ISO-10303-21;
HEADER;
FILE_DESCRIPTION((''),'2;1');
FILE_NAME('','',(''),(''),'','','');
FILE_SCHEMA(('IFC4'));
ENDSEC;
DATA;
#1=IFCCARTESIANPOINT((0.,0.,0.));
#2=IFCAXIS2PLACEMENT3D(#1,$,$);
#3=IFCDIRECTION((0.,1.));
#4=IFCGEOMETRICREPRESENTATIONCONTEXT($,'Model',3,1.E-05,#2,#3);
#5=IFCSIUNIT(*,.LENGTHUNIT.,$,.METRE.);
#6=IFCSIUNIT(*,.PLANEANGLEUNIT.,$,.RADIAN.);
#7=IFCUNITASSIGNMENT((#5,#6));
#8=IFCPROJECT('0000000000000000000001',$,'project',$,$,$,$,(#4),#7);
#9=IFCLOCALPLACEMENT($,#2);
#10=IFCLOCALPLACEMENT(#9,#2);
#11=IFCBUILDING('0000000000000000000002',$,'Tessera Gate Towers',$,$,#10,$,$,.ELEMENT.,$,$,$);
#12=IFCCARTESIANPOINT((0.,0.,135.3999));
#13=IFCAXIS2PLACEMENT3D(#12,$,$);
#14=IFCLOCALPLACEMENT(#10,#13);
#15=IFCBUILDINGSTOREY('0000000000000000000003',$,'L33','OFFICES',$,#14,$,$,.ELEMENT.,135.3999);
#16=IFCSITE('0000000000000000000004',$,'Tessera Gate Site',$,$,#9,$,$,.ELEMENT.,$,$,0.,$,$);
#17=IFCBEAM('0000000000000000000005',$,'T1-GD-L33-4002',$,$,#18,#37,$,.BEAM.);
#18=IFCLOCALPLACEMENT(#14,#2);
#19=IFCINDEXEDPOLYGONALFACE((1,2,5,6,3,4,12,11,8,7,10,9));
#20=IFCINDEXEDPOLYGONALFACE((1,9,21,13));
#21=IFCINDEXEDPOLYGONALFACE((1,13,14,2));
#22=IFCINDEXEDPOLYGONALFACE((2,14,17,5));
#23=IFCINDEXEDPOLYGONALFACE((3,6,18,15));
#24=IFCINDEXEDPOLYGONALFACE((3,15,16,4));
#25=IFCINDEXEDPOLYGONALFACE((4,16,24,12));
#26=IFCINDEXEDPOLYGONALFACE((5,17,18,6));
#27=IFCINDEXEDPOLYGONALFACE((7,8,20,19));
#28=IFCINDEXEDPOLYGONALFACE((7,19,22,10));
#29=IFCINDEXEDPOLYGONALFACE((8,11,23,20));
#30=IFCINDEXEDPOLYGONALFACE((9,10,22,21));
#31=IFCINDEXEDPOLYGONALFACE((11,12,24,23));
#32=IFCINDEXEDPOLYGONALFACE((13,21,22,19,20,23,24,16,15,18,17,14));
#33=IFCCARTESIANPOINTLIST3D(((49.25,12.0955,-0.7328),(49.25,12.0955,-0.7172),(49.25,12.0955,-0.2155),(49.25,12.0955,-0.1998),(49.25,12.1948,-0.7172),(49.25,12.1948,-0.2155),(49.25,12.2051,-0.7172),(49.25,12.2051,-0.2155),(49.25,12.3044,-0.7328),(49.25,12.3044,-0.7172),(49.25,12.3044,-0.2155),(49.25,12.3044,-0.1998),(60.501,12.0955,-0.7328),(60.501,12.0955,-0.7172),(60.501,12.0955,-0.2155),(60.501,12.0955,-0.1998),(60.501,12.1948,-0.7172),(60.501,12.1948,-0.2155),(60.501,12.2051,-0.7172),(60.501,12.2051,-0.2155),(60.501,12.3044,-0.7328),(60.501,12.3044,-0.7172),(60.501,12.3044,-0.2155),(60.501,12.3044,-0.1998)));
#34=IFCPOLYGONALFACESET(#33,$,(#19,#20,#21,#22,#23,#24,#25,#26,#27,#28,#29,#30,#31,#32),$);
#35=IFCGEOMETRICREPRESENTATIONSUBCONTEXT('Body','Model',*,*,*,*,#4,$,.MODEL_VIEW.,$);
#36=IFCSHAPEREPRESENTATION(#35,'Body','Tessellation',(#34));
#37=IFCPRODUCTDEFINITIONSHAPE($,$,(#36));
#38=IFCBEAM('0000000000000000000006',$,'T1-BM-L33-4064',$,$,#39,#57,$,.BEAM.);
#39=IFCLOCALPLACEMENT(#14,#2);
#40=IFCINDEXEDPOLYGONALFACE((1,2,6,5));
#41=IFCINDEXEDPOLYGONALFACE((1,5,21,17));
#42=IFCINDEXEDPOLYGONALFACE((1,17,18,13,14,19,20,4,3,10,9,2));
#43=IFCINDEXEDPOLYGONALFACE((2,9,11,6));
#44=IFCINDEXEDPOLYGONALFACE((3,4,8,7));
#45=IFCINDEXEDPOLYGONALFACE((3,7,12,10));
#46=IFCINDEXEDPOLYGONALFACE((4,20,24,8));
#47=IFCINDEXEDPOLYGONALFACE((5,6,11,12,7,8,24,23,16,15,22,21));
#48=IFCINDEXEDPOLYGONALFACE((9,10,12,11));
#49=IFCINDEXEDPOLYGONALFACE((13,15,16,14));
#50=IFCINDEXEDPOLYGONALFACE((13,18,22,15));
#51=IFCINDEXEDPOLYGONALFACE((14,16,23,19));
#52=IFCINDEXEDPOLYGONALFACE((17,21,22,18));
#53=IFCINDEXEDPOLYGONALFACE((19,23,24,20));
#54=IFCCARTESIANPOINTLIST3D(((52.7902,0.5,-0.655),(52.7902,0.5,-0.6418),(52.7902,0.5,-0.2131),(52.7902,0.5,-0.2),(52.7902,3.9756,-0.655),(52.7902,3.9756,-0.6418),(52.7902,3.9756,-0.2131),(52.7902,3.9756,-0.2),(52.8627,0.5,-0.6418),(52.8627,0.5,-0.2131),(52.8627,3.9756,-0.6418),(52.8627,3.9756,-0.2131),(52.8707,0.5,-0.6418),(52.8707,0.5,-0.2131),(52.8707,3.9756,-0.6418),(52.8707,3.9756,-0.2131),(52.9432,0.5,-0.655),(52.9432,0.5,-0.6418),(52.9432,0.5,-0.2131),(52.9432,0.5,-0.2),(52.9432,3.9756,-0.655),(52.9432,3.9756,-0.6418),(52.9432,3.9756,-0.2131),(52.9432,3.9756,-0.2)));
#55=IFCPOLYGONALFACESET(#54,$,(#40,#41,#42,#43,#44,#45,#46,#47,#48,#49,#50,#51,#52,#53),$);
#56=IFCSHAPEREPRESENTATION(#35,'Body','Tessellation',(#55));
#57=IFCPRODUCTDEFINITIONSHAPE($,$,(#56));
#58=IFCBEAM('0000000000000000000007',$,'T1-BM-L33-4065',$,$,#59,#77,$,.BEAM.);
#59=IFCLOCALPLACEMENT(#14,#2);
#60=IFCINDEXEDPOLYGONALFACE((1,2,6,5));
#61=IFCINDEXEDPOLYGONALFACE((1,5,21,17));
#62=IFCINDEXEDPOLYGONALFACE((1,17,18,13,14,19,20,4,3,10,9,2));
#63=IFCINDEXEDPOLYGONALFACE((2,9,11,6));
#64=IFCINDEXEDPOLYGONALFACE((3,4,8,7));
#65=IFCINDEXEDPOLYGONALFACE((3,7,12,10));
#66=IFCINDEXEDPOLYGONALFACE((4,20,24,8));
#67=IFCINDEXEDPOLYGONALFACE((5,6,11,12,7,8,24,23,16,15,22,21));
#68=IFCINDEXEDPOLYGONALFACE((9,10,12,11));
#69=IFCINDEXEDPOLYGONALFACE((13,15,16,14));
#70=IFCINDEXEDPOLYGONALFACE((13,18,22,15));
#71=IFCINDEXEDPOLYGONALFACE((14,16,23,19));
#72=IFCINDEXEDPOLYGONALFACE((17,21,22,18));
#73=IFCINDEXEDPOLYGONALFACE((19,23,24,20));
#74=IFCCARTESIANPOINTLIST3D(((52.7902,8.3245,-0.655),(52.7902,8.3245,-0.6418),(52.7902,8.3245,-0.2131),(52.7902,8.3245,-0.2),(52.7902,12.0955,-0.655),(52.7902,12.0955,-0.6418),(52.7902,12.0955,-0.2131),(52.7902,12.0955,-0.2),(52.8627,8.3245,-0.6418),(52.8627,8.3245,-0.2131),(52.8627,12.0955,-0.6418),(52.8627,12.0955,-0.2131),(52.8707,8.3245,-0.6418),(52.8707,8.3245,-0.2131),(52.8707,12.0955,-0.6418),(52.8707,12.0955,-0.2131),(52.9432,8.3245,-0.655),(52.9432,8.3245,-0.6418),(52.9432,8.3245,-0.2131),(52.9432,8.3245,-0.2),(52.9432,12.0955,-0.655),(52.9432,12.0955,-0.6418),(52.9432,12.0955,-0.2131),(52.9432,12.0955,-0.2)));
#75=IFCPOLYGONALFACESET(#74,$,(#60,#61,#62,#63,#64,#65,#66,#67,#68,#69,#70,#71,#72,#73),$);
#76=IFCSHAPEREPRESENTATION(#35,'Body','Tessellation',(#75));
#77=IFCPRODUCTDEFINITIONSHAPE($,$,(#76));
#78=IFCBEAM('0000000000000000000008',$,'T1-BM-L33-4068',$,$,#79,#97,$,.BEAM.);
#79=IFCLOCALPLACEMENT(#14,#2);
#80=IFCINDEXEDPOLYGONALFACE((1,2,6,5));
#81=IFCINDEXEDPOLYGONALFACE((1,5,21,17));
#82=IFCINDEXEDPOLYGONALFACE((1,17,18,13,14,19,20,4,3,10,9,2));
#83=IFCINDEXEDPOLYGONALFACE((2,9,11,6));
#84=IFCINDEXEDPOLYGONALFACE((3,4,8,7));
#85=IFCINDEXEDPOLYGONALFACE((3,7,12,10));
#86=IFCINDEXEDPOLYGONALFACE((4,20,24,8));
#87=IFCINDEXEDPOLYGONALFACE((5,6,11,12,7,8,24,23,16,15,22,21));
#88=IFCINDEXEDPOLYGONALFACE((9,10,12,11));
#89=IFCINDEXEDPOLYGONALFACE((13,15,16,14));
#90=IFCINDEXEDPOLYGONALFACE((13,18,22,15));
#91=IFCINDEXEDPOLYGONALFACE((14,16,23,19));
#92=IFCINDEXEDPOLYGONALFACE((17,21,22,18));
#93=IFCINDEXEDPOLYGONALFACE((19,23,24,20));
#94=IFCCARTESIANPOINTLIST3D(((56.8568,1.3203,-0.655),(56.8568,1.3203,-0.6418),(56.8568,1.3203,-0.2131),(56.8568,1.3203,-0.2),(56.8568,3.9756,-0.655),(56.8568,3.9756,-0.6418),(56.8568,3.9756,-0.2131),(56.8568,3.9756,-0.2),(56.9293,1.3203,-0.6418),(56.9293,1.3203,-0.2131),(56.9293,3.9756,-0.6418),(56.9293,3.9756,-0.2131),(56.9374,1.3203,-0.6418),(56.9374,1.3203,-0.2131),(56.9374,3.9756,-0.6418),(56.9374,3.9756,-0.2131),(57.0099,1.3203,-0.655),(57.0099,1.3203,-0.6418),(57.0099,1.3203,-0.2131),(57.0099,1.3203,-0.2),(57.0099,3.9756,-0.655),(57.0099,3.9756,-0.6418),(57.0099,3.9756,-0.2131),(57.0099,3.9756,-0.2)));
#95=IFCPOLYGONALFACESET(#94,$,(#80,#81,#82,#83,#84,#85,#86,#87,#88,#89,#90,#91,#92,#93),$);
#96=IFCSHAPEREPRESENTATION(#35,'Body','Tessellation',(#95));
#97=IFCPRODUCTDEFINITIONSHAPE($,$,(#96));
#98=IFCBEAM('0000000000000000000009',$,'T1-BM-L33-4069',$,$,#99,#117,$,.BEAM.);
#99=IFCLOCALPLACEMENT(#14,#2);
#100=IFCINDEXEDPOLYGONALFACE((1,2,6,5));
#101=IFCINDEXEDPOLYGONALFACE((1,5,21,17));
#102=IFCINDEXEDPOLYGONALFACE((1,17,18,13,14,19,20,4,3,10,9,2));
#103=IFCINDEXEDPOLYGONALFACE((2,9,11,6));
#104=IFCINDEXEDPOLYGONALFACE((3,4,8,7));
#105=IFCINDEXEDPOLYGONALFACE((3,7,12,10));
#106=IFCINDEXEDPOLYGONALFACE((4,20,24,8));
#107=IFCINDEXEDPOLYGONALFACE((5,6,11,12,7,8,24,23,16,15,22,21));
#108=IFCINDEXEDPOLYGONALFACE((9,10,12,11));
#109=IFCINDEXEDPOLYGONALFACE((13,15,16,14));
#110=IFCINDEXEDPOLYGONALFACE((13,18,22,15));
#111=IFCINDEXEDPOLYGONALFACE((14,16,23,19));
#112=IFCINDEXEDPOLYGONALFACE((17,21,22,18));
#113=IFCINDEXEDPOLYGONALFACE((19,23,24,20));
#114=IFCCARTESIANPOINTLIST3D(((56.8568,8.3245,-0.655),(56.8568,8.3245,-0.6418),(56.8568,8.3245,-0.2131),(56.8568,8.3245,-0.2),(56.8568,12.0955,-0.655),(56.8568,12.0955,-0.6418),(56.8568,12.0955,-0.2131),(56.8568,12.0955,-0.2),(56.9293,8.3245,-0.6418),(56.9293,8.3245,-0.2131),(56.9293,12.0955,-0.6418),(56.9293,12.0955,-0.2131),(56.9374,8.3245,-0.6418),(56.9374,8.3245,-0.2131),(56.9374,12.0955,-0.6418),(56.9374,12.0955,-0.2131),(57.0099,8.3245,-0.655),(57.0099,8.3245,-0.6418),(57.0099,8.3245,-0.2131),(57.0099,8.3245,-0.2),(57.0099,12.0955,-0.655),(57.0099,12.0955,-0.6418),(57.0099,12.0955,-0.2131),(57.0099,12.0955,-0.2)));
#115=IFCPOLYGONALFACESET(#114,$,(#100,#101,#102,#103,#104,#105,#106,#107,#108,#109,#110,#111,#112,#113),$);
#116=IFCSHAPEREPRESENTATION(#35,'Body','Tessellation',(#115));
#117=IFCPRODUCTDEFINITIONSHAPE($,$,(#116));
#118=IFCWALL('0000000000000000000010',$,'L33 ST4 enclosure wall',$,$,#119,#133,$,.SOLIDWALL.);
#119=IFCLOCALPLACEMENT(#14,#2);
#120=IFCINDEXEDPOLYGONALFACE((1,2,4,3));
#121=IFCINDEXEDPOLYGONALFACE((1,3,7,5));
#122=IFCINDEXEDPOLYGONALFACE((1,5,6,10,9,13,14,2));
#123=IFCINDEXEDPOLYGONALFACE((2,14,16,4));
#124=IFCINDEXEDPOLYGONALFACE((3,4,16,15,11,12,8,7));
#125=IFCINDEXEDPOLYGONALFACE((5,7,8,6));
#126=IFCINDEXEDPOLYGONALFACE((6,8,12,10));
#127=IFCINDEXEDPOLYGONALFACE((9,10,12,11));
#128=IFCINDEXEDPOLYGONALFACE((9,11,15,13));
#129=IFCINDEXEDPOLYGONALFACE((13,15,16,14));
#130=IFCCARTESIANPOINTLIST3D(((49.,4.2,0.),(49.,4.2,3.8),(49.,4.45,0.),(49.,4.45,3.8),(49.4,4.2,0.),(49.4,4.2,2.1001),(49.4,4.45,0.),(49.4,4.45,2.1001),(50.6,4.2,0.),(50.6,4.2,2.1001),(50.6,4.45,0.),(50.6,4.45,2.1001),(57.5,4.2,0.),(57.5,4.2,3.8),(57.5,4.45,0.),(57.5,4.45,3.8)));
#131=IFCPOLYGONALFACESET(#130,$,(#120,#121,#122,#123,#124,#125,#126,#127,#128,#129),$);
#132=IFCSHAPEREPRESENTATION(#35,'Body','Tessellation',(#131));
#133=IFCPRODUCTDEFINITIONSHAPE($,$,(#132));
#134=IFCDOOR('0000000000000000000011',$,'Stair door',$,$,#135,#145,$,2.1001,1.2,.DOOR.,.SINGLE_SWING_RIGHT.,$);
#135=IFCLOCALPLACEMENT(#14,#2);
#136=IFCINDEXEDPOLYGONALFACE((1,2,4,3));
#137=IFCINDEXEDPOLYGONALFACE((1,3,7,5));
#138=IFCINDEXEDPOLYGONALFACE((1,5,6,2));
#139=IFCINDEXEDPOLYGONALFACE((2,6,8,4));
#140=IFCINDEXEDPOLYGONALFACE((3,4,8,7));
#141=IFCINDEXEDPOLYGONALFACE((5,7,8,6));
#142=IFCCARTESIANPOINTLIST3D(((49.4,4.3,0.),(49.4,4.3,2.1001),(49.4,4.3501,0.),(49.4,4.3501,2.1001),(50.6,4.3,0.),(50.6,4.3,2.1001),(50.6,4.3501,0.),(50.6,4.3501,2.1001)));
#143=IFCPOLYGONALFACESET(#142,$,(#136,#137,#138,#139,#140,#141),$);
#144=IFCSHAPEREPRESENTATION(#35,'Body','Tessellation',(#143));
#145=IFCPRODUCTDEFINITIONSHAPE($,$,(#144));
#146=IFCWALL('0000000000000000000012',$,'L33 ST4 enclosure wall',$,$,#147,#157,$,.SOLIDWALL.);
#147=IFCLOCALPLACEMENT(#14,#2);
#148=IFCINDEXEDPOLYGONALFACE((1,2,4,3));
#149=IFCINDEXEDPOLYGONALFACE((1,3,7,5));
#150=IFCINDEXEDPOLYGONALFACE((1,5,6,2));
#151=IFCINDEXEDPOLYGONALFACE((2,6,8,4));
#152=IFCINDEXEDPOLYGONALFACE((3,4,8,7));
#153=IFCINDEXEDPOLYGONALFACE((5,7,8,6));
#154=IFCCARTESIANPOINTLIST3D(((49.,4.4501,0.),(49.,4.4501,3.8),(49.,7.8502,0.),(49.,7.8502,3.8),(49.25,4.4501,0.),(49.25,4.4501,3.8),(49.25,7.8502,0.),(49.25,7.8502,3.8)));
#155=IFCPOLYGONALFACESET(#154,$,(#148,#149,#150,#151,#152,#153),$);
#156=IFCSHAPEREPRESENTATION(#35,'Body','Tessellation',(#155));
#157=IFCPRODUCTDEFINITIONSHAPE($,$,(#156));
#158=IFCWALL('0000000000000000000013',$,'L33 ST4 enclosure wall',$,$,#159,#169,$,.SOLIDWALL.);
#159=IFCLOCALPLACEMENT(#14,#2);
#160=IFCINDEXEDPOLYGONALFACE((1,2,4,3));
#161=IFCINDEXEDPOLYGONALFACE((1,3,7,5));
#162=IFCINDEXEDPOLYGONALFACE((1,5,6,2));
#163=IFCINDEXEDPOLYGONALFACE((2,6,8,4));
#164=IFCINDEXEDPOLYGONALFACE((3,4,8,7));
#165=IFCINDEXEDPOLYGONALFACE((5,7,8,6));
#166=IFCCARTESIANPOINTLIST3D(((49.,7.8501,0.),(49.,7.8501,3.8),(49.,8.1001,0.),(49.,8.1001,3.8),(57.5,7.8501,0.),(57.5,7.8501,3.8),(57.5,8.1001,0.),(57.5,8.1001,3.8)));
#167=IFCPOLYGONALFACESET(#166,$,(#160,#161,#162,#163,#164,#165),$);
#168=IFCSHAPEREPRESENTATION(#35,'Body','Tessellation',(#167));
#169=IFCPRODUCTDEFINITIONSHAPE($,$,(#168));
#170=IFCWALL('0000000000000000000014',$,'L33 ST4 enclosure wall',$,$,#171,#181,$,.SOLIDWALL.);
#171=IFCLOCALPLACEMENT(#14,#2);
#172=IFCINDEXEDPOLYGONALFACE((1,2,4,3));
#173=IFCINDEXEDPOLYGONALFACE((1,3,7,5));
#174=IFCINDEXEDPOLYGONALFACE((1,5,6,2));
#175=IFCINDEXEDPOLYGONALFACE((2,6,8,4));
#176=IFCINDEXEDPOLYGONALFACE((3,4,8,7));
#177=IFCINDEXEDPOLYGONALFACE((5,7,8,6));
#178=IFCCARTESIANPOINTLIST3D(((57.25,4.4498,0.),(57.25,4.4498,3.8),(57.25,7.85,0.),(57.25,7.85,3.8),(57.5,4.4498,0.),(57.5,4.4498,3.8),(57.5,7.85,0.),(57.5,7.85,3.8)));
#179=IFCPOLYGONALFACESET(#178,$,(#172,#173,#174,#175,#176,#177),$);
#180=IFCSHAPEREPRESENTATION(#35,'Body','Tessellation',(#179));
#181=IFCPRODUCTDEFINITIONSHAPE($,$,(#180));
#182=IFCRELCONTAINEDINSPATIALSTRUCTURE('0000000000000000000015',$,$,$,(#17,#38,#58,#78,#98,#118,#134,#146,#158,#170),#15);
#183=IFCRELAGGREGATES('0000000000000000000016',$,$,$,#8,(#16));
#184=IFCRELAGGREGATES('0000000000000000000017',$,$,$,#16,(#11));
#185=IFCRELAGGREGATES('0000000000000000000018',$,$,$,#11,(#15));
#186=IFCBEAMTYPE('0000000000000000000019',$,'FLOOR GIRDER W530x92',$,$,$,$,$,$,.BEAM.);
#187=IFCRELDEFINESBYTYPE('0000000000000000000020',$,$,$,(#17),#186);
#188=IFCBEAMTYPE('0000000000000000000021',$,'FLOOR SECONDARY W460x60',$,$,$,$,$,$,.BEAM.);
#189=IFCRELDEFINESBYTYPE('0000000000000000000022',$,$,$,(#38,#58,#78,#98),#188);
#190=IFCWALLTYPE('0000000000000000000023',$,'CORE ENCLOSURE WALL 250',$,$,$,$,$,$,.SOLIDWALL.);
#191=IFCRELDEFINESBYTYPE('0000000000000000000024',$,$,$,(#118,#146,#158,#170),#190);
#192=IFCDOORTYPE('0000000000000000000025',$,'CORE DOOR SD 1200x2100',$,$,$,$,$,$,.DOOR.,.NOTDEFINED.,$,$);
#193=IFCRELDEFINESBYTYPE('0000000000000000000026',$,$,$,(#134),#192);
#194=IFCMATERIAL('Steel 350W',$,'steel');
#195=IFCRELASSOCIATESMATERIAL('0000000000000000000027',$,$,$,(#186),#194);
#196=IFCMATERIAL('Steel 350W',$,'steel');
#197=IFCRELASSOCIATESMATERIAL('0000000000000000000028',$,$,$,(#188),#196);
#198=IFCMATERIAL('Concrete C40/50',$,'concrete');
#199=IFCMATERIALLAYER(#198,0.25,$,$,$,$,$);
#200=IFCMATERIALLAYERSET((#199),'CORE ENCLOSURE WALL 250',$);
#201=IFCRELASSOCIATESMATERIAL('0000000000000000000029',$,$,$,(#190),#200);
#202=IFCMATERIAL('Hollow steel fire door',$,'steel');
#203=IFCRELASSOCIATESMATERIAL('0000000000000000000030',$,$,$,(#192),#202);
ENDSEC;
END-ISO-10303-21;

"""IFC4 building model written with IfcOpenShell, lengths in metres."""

from ifc_helpers import new_model, si_unit, direction, frame, frame_2d, origin, origin_2d, place, context, subcontext, project, spatial, rectangle, i_section, extrude, source, transform, mapped, material, layer, layer_set, material_profile, profile_set, type_object, element, fill, save


model = new_model("IFC4")

# Units and contexts
model_context = context("Model", 3, precision=1e-05, world=origin(), true_north=direction((0.0, 1.0)))
body_context = subcontext(model_context, "Body", "Model", "MODEL_VIEW")
ifc_project = project(units=[si_unit("LENGTHUNIT", "METRE"), si_unit("PLANEANGLEUNIT", "RADIAN")], contexts=[model_context])

# Site, building, storey
site_placement = place(None, origin())
site = spatial("IfcSite", under=ifc_project, at=site_placement, Name="Tessera Gate Site", CompositionType="ELEMENT", RefElevation=0.0)
building_placement = place(site_placement, origin())
building = spatial("IfcBuilding", under=site, at=building_placement, Name="Tessera Gate Towers", CompositionType="ELEMENT")
storey_placement = place(building_placement, frame((0.0, 0.0, 135.3999)))
storey = spatial("IfcBuildingStorey", under=building, at=storey_placement, Name="L33", Description="OFFICES", CompositionType="ELEMENT", Elevation=135.3999)

# Beams
ifc_material_1 = material(Name="Steel 350W", Category="steel")
ifc_material_profile_1 = material_profile(ifc_material_1, i_section(OverallWidth=0.209, OverallDepth=0.533, WebThickness=0.0103, FlangeThickness=0.0156, at=origin_2d()), Name="W530x92")
ifc_profile_set_1 = profile_set([ifc_material_profile_1], Name="Steel 350W")
beam_type_1 = type_object("IfcBeamType", Name="FLOOR GIRDER W530x92", PredefinedType="BEAM", material=ifc_profile_set_1)
beam_1_placement = place(storey_placement, frame((49.25, 12.2, -0.4663), z_axis=(1.0, 0.0, 0.0), x_axis=(0.0, 1.0, 0.0)))
element("IfcBeam", 1, at=beam_1_placement, inside=storey, type_object=beam_type_1, Name="T1-GD-L33-4002", PredefinedType="BEAM", context=body_context, shape_type="SweptSolid", body=[
    extrude(i_section(OverallWidth=0.209, OverallDepth=0.533, WebThickness=0.0103, FlangeThickness=0.0156, at=origin_2d()), origin(), (0.0, 0.0, 1.0), 11.251),
])
ifc_material_2 = material(Name="Steel 350W", Category="steel")
ifc_material_profile_2 = material_profile(ifc_material_2, i_section(OverallWidth=0.1531, OverallDepth=0.4551, WebThickness=0.0081, FlangeThickness=0.0132, at=origin_2d()), Name="W460x60")
ifc_profile_set_2 = profile_set([ifc_material_profile_2], Name="Steel 350W")
beam_type_2 = type_object("IfcBeamType", Name="FLOOR SECONDARY W460x60", PredefinedType="BEAM", material=ifc_profile_set_2)
beam_2_placement = place(storey_placement, frame((52.8667, 0.5, -0.4275), z_axis=(0.0, 1.0, 0.0), x_axis=(-1.0, 0.0, 0.0)))
element("IfcBeam", 2, at=beam_2_placement, inside=storey, type_object=beam_type_2, Name="T1-BM-L33-4064", PredefinedType="BEAM", context=body_context, shape_type="SweptSolid", body=[
    extrude(i_section(OverallWidth=0.1531, OverallDepth=0.4551, WebThickness=0.0081, FlangeThickness=0.0132, at=origin_2d()), origin(), (0.0, 0.0, 1.0), 3.4756),
])
beam_3_placement = place(storey_placement, frame((52.8667, 8.3245, -0.4275), z_axis=(0.0, 1.0, 0.0), x_axis=(-1.0, 0.0, 0.0)))
element("IfcBeam", 3, at=beam_3_placement, inside=storey, type_object=beam_type_2, Name="T1-BM-L33-4065", PredefinedType="BEAM", context=body_context, shape_type="SweptSolid", body=[
    extrude(i_section(OverallWidth=0.1531, OverallDepth=0.4551, WebThickness=0.0081, FlangeThickness=0.0132, at=origin_2d()), origin(), (0.0, 0.0, 1.0), 3.771),
])
beam_4_placement = place(storey_placement, frame((56.9333, 1.3203, -0.4275), z_axis=(0.0, 1.0, 0.0), x_axis=(-1.0, 0.0, 0.0)))
element("IfcBeam", 4, at=beam_4_placement, inside=storey, type_object=beam_type_2, Name="T1-BM-L33-4068", PredefinedType="BEAM", context=body_context, shape_type="SweptSolid", body=[
    extrude(i_section(OverallWidth=0.1531, OverallDepth=0.4551, WebThickness=0.0081, FlangeThickness=0.0132, at=origin_2d()), origin(), (0.0, 0.0, 1.0), 2.6553),
])
beam_5_placement = place(storey_placement, frame((56.9333, 8.3245, -0.4275), z_axis=(0.0, 1.0, 0.0), x_axis=(-1.0, 0.0, 0.0)))
element("IfcBeam", 5, at=beam_5_placement, inside=storey, type_object=beam_type_2, Name="T1-BM-L33-4069", PredefinedType="BEAM", context=body_context, shape_type="SweptSolid", body=[
    extrude(i_section(OverallWidth=0.1531, OverallDepth=0.4551, WebThickness=0.0081, FlangeThickness=0.0132, at=origin_2d()), origin(), (0.0, 0.0, 1.0), 3.771),
])

# Wall, opening, door
ifc_material_3 = material(Name="Concrete C40/50", Category="concrete")
ifc_layer_1 = layer(ifc_material_3, 0.25)
ifc_layer_set_1 = layer_set([ifc_layer_1], Name="CORE ENCLOSURE WALL 250")
wall_type_1 = type_object("IfcWallType", Name="CORE ENCLOSURE WALL 250", PredefinedType="SOLIDWALL", material=ifc_layer_set_1)
wall_1_placement = place(storey_placement, frame((57.5, 4.325, 0.0), z_axis=(0.0, 0.0, 1.0), x_axis=(-1.0, 0.0, 0.0)))
wall_1 = element("IfcWall", 6, at=wall_1_placement, inside=storey, type_object=wall_type_1, Name="L33 ST4 enclosure wall", PredefinedType="SOLIDWALL", context=body_context, shape_type="SweptSolid", body=[
    extrude(rectangle(XDim=8.5, YDim=0.25, at=frame_2d((4.25, 0.0))), origin(), (0.0, 0.0, 1.0), 3.8),
])
shared_shape_1 = source(origin(), body_context, "Body", "SweptSolid", [
    extrude(rectangle(XDim=1.2, YDim=2.1001, at=frame_2d((0.6001, 1.05))), frame((0.0, 0.135, 0.0), z_axis=(0.0, -1.0, 0.0), x_axis=(1.0, 0.0, 0.0)), (0.0, 0.0, 1.0), 0.27),
])
opening_1_placement = place(wall_1_placement, frame((6.8999, 0.0, 0.0)))
opening_1 = element("IfcOpeningElement", 7, at=opening_1_placement, cuts=wall_1, PredefinedType="OPENING", context=body_context, shape_type="MappedRepresentation", body=[
    mapped(shared_shape_1, transform((0.0, 0.0, 0.0), scale=1.0)),
])
ifc_material_4 = material(Name="Hollow steel fire door", Category="steel")
door_type = type_object("IfcDoorType", Name="CORE DOOR SD 1200x2100", OperationType="NOTDEFINED", PredefinedType="DOOR", material=ifc_material_4)
shared_shape_2 = source(origin(), body_context, "Body", "SweptSolid", [
    extrude(rectangle(XDim=1.2, YDim=2.1001, at=frame_2d((0.6001, 1.05))), frame((0.0, 0.0249, 0.0), z_axis=(0.0, -1.0, 0.0), x_axis=(1.0, 0.0, 0.0)), (0.0, 0.0, 1.0), 0.05),
])
door_placement = place(opening_1_placement, origin())
door = element("IfcDoor", 8, at=door_placement, inside=storey, type_object=door_type, Name="Stair door", OperationType="SINGLE_SWING_RIGHT", OverallHeight=2.1001, OverallWidth=1.2, PredefinedType="DOOR", context=body_context, shape_type="MappedRepresentation", body=[
    mapped(shared_shape_2, transform((0.0, 0.0, 0.0), scale=1.0)),
])
fill(opening_1, door)

# Walls
wall_2_placement = place(storey_placement, frame((49.125, 4.45, 0.0), z_axis=(0.0, 0.0, 1.0), x_axis=(0.0, 1.0, 0.0)))
element("IfcWall", 9, at=wall_2_placement, inside=storey, type_object=wall_type_1, Name="L33 ST4 enclosure wall", PredefinedType="SOLIDWALL", context=body_context, shape_type="SweptSolid", body=[
    extrude(rectangle(XDim=3.4001, YDim=0.25, at=frame_2d((1.7002, 0.0))), origin(), (0.0, 0.0, 1.0), 3.8),
])
wall_3_placement = place(storey_placement, frame((49.0, 7.9751, 0.0), z_axis=(0.0, 0.0, 1.0), x_axis=(1.0, 0.0, 0.0)))
element("IfcWall", 10, at=wall_3_placement, inside=storey, type_object=wall_type_1, Name="L33 ST4 enclosure wall", PredefinedType="SOLIDWALL", context=body_context, shape_type="SweptSolid", body=[
    extrude(rectangle(XDim=8.5, YDim=0.25, at=frame_2d((4.25, 0.0))), origin(), (0.0, 0.0, 1.0), 3.8),
])
wall_4_placement = place(storey_placement, frame((57.375, 7.8501, 0.0), z_axis=(0.0, 0.0, 1.0), x_axis=(0.0, -1.0, 0.0)))
element("IfcWall", 11, at=wall_4_placement, inside=storey, type_object=wall_type_1, Name="L33 ST4 enclosure wall", PredefinedType="SOLIDWALL", context=body_context, shape_type="SweptSolid", body=[
    extrude(rectangle(XDim=3.4001, YDim=0.25, at=frame_2d((1.7002, 0.0))), origin(), (0.0, 0.0, 1.0), 3.8),
])

save(model, "model.ifc")
